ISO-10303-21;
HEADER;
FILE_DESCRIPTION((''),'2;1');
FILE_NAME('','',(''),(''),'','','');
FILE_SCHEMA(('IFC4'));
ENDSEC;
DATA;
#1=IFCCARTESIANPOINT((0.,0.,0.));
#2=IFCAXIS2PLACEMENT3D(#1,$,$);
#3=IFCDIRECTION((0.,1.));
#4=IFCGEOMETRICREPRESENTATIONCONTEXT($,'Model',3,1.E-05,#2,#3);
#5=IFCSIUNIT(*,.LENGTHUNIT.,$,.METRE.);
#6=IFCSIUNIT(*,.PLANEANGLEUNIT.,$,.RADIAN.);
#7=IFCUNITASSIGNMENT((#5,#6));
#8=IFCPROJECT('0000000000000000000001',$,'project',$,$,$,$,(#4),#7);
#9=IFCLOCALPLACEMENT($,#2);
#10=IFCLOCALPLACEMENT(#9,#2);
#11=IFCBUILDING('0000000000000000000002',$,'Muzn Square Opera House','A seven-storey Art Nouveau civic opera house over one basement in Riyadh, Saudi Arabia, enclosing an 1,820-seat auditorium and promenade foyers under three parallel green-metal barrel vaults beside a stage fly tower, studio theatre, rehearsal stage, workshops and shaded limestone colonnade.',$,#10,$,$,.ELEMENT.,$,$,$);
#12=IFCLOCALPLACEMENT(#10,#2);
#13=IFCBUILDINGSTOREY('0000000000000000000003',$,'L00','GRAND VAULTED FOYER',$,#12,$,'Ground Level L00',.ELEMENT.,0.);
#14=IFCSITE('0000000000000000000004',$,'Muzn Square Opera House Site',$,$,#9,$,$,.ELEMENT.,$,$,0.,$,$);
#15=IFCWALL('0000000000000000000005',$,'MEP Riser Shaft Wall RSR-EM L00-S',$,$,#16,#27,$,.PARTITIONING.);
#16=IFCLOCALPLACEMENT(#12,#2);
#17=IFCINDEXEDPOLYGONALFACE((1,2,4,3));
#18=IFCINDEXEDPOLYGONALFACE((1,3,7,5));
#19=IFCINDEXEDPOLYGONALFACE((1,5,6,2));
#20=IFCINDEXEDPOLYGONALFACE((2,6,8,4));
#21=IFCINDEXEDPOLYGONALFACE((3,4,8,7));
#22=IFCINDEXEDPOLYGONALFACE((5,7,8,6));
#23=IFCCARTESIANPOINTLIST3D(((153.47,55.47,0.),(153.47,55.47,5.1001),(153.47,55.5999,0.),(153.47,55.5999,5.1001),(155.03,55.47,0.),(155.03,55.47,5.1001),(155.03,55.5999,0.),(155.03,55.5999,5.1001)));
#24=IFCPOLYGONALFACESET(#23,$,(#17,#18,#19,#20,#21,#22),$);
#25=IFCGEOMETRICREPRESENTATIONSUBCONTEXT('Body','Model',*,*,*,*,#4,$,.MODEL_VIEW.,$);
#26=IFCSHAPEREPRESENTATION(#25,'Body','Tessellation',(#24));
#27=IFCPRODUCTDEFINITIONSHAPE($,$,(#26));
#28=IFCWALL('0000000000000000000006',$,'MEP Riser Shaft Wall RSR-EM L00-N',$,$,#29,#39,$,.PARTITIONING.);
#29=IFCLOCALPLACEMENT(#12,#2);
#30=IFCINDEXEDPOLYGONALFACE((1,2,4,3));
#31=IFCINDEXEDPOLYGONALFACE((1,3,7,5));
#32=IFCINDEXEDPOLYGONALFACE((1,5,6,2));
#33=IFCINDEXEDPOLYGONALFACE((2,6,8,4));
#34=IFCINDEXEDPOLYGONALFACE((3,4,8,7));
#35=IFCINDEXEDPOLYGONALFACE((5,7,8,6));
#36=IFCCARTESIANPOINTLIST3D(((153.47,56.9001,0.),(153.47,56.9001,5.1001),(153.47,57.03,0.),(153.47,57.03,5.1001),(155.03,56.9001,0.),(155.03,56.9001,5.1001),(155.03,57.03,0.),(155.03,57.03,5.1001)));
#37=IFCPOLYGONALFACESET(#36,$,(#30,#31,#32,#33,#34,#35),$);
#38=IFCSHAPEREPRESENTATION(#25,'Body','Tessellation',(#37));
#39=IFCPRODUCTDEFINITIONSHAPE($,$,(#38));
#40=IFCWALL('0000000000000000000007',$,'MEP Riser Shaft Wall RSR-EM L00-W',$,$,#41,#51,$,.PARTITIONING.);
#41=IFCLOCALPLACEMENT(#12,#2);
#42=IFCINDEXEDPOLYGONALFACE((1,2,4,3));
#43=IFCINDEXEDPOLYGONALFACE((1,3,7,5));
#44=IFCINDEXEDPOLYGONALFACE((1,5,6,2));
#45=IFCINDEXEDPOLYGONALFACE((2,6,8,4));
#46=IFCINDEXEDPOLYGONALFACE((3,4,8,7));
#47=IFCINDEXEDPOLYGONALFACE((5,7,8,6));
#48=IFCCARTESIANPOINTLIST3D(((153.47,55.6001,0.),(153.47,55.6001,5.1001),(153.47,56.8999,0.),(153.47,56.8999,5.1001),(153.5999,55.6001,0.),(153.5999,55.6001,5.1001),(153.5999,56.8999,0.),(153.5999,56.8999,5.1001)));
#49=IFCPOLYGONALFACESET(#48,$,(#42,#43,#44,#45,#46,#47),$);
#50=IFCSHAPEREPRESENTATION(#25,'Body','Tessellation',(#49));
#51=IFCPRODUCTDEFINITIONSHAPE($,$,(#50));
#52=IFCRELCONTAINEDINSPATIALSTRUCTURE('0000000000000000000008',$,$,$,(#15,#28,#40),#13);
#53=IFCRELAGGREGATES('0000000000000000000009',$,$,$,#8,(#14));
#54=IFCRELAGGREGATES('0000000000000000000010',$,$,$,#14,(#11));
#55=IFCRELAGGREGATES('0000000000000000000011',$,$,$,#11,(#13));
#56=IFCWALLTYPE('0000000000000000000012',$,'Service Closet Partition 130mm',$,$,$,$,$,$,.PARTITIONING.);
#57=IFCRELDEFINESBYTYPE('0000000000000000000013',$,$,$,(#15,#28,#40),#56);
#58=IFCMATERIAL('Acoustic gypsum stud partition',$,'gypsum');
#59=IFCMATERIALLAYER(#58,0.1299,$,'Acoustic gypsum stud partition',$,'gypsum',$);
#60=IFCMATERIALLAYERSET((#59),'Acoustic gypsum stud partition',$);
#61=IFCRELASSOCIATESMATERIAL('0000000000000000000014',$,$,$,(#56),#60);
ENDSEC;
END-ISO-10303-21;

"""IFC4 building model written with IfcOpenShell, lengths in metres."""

from ifc_helpers import new_model, si_unit, direction, frame, frame_2d, origin, place, context, subcontext, project, spatial, rectangle, extrude, material, layer, layer_set, type_object, element, save


model = new_model("IFC4")

# Units and contexts
model_context = context("Model", 3, precision=1e-05, world=origin(), true_north=direction((0.0, 1.0)))
body_context = subcontext(model_context, "Body", "Model", "MODEL_VIEW")
ifc_project = project(units=[si_unit("LENGTHUNIT", "METRE"), si_unit("PLANEANGLEUNIT", "RADIAN")], contexts=[model_context])

# Site, building, storey
site_placement = place(None, origin())
site = spatial("IfcSite", under=ifc_project, at=site_placement, Name="Muzn Square Opera House Site", CompositionType="ELEMENT", RefElevation=0.0)
building_placement = place(site_placement, origin())
building = spatial("IfcBuilding", under=site, at=building_placement, Name="Muzn Square Opera House", Description="A seven-storey Art Nouveau civic opera house over one basement in Riyadh, Saudi Arabia, enclosing an 1,820-seat auditorium and promenade foyers under three parallel green-metal barrel vaults beside a stage fly tower, studio theatre, rehearsal stage, workshops and shaded limestone colonnade.", CompositionType="ELEMENT")
storey_placement = place(building_placement, origin())
storey = spatial("IfcBuildingStorey", under=building, at=storey_placement, Name="L00", Description="GRAND VAULTED FOYER", LongName="Ground Level L00", CompositionType="ELEMENT", Elevation=0.0)

# Walls
ifc_material_1 = material(Name="Acoustic gypsum stud partition", Category="gypsum")
ifc_layer_1 = layer(ifc_material_1, 0.1299, Name="Acoustic gypsum stud partition", Category="gypsum")
ifc_layer_set_1 = layer_set([ifc_layer_1], Name="Acoustic gypsum stud partition")
wall_type = type_object("IfcWallType", Name="Service Closet Partition 130mm", PredefinedType="PARTITIONING", material=ifc_layer_set_1)
for number, where, z_axis, x_axis, name in (
    (1, (153.47, 55.5349, 0.0), (0.0, 0.0, 1.0), (1.0, 0.0, 0.0), "MEP Riser Shaft Wall RSR-EM L00-S"),
    (2, (153.47, 56.9651, 0.0), (0.0, 0.0, 1.0), (1.0, 0.0, 0.0), "MEP Riser Shaft Wall RSR-EM L00-N"),
):
    element("IfcWall", number, at=place(storey_placement, frame(where, z_axis=z_axis, x_axis=x_axis)), inside=storey, type_object=wall_type, Name=name, PredefinedType="PARTITIONING", context=body_context, shape_type="SweptSolid", body=[
        extrude(rectangle(XDim=1.5601, YDim=0.1299, at=frame_2d((0.78, 0.0))), origin(), (0.0, 0.0, 1.0), 5.1001),
    ])
wall_placement = place(storey_placement, frame((153.5349, 55.6001, 0.0), z_axis=(0.0, 0.0, 1.0), x_axis=(0.0, 1.0, 0.0)))
element("IfcWall", 3, at=wall_placement, inside=storey, type_object=wall_type, Name="MEP Riser Shaft Wall RSR-EM L00-W", PredefinedType="PARTITIONING", context=body_context, shape_type="SweptSolid", body=[
    extrude(rectangle(XDim=1.2998, YDim=0.1299, at=frame_2d((0.6499, 0.0))), origin(), (0.0, 0.0, 1.0), 5.1001),
])

save(model, "model.ifc")
